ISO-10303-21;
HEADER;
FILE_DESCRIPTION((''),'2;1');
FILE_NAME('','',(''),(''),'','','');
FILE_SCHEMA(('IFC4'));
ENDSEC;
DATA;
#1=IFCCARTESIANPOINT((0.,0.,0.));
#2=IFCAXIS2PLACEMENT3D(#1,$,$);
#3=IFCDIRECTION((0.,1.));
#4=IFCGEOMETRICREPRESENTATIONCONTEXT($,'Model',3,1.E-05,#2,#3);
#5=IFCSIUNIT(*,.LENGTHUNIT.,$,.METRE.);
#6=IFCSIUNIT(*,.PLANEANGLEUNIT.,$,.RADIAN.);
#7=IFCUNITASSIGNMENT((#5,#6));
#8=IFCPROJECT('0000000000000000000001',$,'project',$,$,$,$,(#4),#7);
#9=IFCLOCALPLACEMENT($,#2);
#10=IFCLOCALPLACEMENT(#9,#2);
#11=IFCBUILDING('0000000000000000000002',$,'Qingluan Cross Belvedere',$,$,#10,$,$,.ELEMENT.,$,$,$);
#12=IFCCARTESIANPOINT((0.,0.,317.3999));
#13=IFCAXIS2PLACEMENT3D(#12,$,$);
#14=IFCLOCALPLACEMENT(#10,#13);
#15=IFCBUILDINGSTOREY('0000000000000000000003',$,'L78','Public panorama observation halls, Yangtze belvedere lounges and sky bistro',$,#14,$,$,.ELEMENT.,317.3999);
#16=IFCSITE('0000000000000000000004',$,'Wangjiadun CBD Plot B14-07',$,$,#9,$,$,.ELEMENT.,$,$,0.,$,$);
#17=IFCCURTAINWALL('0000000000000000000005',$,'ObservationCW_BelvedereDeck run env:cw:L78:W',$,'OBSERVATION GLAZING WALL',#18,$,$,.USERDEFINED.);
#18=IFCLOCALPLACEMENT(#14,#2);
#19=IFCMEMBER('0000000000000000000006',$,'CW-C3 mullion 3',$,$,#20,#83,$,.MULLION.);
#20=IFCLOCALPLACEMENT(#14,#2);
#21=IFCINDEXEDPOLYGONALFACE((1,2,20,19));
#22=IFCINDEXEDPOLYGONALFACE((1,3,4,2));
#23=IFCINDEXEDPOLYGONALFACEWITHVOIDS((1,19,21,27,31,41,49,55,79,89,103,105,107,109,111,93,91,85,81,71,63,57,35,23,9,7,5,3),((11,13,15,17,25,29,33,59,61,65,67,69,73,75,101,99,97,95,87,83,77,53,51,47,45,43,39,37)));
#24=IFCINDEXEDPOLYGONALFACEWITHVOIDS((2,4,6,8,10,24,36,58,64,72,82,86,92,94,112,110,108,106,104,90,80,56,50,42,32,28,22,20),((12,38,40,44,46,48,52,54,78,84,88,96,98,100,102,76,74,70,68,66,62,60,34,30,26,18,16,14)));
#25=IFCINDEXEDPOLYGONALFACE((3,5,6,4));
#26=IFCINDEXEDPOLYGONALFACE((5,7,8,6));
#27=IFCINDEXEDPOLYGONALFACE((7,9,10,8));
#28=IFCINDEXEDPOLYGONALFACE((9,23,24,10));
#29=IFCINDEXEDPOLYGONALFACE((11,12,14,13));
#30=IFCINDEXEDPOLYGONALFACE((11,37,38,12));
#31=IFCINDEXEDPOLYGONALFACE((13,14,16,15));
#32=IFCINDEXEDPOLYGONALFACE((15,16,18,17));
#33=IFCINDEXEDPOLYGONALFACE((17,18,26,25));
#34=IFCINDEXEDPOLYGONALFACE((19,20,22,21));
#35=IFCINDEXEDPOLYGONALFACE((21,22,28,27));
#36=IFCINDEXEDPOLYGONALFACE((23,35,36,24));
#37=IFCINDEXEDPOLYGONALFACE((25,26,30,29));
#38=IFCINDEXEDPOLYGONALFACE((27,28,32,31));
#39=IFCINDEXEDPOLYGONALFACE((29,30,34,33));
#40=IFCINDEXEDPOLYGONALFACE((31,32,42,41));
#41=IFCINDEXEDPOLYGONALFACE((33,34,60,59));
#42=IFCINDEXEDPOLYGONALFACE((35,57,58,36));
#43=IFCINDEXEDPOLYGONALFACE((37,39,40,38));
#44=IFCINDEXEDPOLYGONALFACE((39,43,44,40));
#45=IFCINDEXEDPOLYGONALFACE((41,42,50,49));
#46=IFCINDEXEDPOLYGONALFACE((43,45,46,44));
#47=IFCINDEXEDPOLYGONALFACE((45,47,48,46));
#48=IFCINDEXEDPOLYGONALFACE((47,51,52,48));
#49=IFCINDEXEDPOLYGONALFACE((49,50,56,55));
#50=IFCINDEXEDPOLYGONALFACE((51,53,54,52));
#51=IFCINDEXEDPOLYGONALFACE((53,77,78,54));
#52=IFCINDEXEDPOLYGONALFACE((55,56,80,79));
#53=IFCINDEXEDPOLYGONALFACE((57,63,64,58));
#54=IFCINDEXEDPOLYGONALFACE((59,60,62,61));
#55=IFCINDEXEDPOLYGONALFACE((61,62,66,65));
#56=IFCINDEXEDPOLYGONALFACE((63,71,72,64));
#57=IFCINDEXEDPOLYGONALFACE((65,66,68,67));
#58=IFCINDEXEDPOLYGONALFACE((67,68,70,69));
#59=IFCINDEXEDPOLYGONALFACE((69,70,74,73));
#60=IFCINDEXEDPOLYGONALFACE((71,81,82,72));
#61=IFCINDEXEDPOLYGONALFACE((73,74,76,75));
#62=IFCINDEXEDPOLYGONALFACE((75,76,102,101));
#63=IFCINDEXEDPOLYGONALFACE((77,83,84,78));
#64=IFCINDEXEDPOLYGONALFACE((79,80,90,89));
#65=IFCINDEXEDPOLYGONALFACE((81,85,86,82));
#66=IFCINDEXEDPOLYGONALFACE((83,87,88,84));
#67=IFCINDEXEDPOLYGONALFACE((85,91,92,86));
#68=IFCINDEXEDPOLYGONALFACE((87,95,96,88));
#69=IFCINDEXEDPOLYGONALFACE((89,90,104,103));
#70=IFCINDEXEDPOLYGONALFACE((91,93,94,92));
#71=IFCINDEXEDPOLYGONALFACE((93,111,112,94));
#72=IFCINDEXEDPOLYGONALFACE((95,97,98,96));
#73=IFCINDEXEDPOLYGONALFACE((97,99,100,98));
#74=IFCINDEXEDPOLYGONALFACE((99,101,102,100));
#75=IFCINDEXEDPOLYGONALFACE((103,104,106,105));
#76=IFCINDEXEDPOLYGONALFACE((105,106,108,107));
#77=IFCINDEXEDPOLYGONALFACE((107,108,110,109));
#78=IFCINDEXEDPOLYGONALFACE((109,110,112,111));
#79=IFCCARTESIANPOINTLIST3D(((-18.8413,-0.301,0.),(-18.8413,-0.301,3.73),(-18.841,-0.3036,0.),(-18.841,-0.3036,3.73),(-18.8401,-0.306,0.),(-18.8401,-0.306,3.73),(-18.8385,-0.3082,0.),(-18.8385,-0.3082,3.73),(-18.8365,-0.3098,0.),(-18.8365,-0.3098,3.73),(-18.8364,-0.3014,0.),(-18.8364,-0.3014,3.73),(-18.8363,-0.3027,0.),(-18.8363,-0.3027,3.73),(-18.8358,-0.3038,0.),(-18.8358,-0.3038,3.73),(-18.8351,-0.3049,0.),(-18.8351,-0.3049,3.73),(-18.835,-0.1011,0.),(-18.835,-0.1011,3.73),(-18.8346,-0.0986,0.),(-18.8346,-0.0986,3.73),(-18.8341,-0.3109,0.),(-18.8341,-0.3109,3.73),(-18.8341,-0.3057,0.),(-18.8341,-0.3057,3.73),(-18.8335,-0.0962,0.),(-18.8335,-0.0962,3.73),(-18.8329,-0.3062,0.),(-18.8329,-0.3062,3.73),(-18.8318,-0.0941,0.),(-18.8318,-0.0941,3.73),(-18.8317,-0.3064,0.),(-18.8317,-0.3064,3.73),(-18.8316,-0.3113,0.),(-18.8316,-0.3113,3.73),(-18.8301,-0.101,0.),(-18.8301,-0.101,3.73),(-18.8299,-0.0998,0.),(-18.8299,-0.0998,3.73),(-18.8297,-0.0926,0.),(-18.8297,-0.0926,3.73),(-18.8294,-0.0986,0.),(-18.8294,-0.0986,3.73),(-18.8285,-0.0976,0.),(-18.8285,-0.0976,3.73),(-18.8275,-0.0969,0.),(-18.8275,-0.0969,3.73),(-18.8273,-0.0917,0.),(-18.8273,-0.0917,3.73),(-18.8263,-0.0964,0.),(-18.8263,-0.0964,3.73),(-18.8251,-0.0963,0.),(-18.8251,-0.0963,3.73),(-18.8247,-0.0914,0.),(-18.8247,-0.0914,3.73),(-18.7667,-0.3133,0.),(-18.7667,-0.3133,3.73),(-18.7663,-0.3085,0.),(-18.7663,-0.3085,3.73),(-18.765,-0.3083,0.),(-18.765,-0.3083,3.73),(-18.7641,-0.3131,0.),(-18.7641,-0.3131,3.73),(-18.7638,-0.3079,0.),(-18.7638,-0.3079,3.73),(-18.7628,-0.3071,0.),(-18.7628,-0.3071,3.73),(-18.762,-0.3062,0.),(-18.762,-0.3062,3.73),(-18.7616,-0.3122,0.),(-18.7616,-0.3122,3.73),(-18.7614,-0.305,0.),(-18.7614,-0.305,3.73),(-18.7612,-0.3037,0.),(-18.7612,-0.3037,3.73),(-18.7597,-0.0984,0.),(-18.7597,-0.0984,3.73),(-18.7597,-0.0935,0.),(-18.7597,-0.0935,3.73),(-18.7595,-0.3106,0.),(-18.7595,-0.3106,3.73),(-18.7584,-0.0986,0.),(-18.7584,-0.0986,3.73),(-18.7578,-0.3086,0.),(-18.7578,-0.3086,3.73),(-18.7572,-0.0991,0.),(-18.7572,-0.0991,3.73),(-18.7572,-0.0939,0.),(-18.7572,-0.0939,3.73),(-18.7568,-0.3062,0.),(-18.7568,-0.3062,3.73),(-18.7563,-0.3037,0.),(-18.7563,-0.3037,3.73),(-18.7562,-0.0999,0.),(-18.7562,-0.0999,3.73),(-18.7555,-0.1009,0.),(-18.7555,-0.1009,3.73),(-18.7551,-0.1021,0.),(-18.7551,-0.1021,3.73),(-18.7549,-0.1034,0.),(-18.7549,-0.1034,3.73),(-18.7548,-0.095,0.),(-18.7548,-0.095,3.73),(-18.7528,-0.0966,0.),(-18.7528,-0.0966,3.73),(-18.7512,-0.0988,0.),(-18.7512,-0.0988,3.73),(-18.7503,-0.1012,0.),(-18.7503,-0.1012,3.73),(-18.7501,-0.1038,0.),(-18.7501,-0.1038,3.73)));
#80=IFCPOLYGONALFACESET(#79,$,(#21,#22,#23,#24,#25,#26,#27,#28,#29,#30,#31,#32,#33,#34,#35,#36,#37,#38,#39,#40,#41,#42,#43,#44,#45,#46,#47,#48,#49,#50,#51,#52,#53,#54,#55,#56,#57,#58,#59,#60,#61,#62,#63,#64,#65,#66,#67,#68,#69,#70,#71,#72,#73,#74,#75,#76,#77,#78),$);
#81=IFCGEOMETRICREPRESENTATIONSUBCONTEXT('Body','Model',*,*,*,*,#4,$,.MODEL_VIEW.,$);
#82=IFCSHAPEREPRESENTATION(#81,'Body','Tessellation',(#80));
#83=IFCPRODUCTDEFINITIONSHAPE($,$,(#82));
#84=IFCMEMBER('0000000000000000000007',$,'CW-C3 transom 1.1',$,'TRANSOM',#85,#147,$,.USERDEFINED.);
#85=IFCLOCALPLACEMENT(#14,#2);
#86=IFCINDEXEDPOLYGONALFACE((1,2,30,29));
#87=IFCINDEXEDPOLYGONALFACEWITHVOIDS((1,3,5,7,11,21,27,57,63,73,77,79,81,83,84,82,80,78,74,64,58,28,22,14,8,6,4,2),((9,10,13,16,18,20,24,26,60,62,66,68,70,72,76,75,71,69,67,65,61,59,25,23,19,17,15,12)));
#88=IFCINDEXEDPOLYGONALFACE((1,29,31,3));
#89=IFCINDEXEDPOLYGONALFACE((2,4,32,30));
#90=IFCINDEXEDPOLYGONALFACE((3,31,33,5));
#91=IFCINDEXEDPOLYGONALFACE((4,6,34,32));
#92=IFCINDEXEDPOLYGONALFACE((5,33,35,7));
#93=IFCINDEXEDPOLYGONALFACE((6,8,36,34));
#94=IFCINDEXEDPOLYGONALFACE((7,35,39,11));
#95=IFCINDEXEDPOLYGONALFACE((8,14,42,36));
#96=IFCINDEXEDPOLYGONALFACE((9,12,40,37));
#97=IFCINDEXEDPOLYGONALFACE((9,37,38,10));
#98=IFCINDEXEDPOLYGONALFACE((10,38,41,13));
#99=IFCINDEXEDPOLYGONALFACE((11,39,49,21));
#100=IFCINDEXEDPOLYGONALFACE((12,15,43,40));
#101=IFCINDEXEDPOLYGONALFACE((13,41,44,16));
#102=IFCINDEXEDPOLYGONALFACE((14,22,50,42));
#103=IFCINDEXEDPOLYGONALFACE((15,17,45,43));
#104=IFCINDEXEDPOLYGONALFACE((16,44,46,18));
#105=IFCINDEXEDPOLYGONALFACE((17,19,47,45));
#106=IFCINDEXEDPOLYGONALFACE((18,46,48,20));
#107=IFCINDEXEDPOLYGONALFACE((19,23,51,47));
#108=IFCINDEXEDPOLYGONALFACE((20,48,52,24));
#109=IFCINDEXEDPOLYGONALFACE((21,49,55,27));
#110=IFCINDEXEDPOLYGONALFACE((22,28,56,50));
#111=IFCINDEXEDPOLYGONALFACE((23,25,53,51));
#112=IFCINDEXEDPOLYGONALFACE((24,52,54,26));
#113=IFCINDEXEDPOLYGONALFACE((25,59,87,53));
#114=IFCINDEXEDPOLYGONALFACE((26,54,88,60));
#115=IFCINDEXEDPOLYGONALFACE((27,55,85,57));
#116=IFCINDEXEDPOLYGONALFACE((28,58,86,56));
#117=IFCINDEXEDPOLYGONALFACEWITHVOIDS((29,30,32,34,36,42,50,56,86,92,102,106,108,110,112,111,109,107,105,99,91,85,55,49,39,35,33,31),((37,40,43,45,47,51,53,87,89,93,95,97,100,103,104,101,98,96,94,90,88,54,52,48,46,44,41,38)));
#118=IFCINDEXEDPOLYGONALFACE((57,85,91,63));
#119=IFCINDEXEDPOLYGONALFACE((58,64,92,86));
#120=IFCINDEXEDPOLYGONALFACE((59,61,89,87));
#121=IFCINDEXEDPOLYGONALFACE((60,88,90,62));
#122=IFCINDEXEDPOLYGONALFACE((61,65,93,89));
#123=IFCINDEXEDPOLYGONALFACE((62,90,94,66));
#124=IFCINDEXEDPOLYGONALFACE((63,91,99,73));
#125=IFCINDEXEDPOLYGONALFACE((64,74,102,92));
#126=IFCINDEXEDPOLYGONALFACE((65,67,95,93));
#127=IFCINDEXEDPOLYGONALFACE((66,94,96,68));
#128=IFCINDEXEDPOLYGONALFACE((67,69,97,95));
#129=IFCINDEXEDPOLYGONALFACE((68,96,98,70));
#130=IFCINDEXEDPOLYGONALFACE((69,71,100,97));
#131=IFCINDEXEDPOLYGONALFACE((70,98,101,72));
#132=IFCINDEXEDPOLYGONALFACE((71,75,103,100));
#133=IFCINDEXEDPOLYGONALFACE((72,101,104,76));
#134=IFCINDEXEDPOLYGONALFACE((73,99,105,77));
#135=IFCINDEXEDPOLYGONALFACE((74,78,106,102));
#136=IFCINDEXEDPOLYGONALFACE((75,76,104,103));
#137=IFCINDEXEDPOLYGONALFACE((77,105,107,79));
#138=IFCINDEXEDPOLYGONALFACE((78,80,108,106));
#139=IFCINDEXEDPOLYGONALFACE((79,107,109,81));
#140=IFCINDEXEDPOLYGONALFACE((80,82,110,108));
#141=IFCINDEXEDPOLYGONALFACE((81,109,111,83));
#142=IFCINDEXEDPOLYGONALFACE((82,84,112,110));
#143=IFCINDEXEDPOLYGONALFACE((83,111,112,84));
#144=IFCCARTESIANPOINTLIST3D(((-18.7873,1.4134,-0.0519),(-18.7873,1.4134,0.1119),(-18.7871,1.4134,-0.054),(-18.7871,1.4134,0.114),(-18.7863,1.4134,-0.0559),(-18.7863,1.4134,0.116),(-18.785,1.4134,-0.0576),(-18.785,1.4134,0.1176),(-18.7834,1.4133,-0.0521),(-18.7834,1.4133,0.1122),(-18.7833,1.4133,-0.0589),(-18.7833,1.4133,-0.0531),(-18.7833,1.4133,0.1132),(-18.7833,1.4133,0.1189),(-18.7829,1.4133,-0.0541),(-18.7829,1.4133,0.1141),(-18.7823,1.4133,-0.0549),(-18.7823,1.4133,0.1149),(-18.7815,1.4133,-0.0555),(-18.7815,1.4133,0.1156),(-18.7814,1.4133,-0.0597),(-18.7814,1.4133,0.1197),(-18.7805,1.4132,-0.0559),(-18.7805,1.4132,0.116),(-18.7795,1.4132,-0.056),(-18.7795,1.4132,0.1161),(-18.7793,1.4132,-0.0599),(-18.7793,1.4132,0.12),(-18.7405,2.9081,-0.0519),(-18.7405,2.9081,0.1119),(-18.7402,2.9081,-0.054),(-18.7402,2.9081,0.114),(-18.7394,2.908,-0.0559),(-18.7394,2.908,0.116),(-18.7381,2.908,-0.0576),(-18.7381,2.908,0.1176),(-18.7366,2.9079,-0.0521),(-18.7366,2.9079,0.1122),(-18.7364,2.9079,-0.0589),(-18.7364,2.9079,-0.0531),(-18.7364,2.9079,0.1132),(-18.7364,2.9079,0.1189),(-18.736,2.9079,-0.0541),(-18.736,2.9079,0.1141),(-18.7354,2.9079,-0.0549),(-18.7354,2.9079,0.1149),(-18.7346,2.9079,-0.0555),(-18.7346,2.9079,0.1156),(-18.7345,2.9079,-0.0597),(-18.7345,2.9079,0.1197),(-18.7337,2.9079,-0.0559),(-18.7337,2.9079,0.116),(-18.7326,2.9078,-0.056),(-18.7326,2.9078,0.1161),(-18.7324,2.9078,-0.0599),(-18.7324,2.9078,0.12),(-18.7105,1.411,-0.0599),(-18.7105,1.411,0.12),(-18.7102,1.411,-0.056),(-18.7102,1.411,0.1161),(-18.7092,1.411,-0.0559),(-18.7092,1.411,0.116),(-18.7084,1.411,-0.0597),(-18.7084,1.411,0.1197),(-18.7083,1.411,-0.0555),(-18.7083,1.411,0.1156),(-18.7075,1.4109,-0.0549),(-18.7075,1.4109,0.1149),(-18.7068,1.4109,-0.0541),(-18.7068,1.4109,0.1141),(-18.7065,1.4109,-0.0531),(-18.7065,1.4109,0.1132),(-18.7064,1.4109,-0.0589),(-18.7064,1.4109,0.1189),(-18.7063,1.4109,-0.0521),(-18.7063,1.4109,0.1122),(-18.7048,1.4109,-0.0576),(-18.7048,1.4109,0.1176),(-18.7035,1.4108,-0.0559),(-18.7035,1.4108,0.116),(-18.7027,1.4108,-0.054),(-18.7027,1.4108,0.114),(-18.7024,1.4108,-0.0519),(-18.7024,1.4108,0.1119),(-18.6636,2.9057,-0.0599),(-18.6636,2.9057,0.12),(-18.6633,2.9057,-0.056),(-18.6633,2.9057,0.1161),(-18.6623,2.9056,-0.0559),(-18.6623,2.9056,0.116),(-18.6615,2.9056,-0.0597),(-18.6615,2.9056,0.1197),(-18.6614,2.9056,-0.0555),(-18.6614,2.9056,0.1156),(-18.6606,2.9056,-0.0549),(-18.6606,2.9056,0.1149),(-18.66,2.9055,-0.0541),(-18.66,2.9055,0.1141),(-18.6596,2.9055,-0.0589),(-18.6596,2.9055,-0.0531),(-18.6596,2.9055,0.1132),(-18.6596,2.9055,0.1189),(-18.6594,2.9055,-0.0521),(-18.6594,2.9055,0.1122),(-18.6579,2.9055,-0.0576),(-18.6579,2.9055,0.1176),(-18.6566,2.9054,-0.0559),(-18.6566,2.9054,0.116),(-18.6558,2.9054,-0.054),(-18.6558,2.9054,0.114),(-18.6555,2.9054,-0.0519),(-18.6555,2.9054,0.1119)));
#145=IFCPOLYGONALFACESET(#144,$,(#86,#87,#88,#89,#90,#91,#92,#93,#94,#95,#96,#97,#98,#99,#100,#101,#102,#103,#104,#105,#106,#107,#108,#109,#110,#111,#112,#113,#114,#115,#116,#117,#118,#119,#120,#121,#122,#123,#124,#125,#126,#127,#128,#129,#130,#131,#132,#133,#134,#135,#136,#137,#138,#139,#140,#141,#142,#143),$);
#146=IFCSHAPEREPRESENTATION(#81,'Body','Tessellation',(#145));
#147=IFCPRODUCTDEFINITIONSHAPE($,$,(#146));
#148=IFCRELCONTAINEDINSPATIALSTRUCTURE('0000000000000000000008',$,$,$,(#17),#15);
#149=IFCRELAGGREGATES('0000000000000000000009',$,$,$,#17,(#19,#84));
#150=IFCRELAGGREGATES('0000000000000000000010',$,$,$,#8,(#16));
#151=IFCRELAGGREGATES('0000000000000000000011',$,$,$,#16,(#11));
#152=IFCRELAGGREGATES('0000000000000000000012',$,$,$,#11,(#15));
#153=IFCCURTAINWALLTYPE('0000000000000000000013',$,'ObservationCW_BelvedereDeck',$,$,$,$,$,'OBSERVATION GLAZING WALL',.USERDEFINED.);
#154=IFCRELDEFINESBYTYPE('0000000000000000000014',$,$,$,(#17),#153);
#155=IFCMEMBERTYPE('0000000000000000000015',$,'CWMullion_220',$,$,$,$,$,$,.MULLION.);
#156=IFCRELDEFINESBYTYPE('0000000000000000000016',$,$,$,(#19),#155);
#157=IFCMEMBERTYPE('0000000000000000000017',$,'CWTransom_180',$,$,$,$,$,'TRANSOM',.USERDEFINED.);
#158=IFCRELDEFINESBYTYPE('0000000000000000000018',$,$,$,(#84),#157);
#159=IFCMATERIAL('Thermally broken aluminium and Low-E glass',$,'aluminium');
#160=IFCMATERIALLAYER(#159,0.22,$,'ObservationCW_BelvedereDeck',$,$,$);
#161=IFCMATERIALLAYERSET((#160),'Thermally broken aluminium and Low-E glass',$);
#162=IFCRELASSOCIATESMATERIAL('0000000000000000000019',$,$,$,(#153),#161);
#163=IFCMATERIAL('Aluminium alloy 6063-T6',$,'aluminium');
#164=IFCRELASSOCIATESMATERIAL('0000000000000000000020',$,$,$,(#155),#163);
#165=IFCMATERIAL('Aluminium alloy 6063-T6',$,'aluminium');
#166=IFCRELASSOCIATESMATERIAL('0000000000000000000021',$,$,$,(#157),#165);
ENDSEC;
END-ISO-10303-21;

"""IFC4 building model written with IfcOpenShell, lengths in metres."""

from ifc_helpers import new_model, si_unit, direction, frame, origin, origin_2d, place, context, subcontext, project, spatial, hollow_rectangle, extrude, material, layer, layer_set, material_profile, profile_set, type_object, element, aggregate, save


model = new_model("IFC4")

# Units and contexts
model_context = context("Model", 3, precision=1e-05, world=origin(), true_north=direction((0.0, 1.0)))
body_context = subcontext(model_context, "Body", "Model", "MODEL_VIEW")
ifc_project = project(units=[si_unit("LENGTHUNIT", "METRE"), si_unit("PLANEANGLEUNIT", "RADIAN")], contexts=[model_context])

# Site, building, storey
site_placement = place(None, origin())
site = spatial("IfcSite", under=ifc_project, at=site_placement, Name="Wangjiadun CBD Plot B14-07", CompositionType="ELEMENT", RefElevation=0.0)
building_placement = place(site_placement, origin())
building = spatial("IfcBuilding", under=site, at=building_placement, Name="Qingluan Cross Belvedere", CompositionType="ELEMENT")
storey_placement = place(building_placement, frame((0.0, 0.0, 317.3999)))
storey = spatial("IfcBuildingStorey", under=building, at=storey_placement, Name="L78", Description="Public panorama observation halls, Yangtze belvedere lounges and sky bistro", CompositionType="ELEMENT", Elevation=317.3999)

# Curtain wall, members
ifc_material_1 = material(Name="Thermally broken aluminium and Low-E glass", Category="aluminium")
ifc_layer_1 = layer(ifc_material_1, 0.22, Name="ObservationCW_BelvedereDeck")
ifc_layer_set_1 = layer_set([ifc_layer_1], Name="Thermally broken aluminium and Low-E glass")
curtain_wall_type = type_object("IfcCurtainWallType", Name="ObservationCW_BelvedereDeck", ElementType="OBSERVATION GLAZING WALL", PredefinedType="USERDEFINED", material=ifc_layer_set_1)
curtain_wall_placement = place(storey_placement, origin())
curtain_wall = element("IfcCurtainWall", 1, at=curtain_wall_placement, inside=storey, type_object=curtain_wall_type, Name="ObservationCW_BelvedereDeck run env:cw:L78:W", ObjectType="OBSERVATION GLAZING WALL", PredefinedType="USERDEFINED")
ifc_material_2 = material(Name="Aluminium alloy 6063-T6", Category="aluminium")
ifc_material_profile_1 = material_profile(ifc_material_2, hollow_rectangle(XDim=0.085, YDim=0.22, WallThickness=0.0049, InnerFilletRadius=0.0049, OuterFilletRadius=0.01, at=origin_2d()), Name="CWM220x85x5")
ifc_profile_set_1 = profile_set([ifc_material_profile_1], Name="Aluminium alloy 6063-T6")
member_type_1 = type_object("IfcMemberType", Name="CWMullion_220", PredefinedType="MULLION", material=ifc_profile_set_1)
member_1_placement = place(storey_placement, frame((-18.7957, -0.2024, 0.0), z_axis=(0.0, 0.0, 1.0), x_axis=(0.999506, -0.031413, 0.0)))
member_1 = element("IfcMember", 2, at=member_1_placement, type_object=member_type_1, Name="CW-C3 mullion 3", PredefinedType="MULLION", context=body_context, shape_type="SweptSolid", body=[
    extrude(hollow_rectangle(XDim=0.085, YDim=0.22, WallThickness=0.0049, InnerFilletRadius=0.0049, OuterFilletRadius=0.01, at=origin_2d()), origin(), (0.0, 0.0, 1.0), 3.73),
])
ifc_material_3 = material(Name="Aluminium alloy 6063-T6", Category="aluminium")
ifc_material_profile_2 = material_profile(ifc_material_3, hollow_rectangle(XDim=0.085, YDim=0.1799, WallThickness=0.0039, InnerFilletRadius=0.0039, OuterFilletRadius=0.0081, at=origin_2d()), Name="CWT180x85x4")
ifc_profile_set_2 = profile_set([ifc_material_profile_2], Name="Aluminium alloy 6063-T6")
member_type_2 = type_object("IfcMemberType", Name="CWTransom_180", ElementType="TRANSOM", PredefinedType="USERDEFINED", material=ifc_profile_set_2)
member_2_placement = place(storey_placement, frame((-18.698, 2.9067, 0.03), z_axis=(-0.031347, -0.999509, 0.0), x_axis=(0.999509, -0.031347, 0.0)))
member_2 = element("IfcMember", 3, at=member_2_placement, type_object=member_type_2, Name="CW-C3 transom 1.1", ObjectType="TRANSOM", PredefinedType="USERDEFINED", context=body_context, shape_type="SweptSolid", body=[
    extrude(hollow_rectangle(XDim=0.085, YDim=0.1799, WallThickness=0.0039, InnerFilletRadius=0.0039, OuterFilletRadius=0.0081, at=origin_2d()), origin(), (0.0, 0.0, 1.0), 1.4954),
])

aggregate(curtain_wall, [member_1, member_2])

save(model, "model.ifc")
